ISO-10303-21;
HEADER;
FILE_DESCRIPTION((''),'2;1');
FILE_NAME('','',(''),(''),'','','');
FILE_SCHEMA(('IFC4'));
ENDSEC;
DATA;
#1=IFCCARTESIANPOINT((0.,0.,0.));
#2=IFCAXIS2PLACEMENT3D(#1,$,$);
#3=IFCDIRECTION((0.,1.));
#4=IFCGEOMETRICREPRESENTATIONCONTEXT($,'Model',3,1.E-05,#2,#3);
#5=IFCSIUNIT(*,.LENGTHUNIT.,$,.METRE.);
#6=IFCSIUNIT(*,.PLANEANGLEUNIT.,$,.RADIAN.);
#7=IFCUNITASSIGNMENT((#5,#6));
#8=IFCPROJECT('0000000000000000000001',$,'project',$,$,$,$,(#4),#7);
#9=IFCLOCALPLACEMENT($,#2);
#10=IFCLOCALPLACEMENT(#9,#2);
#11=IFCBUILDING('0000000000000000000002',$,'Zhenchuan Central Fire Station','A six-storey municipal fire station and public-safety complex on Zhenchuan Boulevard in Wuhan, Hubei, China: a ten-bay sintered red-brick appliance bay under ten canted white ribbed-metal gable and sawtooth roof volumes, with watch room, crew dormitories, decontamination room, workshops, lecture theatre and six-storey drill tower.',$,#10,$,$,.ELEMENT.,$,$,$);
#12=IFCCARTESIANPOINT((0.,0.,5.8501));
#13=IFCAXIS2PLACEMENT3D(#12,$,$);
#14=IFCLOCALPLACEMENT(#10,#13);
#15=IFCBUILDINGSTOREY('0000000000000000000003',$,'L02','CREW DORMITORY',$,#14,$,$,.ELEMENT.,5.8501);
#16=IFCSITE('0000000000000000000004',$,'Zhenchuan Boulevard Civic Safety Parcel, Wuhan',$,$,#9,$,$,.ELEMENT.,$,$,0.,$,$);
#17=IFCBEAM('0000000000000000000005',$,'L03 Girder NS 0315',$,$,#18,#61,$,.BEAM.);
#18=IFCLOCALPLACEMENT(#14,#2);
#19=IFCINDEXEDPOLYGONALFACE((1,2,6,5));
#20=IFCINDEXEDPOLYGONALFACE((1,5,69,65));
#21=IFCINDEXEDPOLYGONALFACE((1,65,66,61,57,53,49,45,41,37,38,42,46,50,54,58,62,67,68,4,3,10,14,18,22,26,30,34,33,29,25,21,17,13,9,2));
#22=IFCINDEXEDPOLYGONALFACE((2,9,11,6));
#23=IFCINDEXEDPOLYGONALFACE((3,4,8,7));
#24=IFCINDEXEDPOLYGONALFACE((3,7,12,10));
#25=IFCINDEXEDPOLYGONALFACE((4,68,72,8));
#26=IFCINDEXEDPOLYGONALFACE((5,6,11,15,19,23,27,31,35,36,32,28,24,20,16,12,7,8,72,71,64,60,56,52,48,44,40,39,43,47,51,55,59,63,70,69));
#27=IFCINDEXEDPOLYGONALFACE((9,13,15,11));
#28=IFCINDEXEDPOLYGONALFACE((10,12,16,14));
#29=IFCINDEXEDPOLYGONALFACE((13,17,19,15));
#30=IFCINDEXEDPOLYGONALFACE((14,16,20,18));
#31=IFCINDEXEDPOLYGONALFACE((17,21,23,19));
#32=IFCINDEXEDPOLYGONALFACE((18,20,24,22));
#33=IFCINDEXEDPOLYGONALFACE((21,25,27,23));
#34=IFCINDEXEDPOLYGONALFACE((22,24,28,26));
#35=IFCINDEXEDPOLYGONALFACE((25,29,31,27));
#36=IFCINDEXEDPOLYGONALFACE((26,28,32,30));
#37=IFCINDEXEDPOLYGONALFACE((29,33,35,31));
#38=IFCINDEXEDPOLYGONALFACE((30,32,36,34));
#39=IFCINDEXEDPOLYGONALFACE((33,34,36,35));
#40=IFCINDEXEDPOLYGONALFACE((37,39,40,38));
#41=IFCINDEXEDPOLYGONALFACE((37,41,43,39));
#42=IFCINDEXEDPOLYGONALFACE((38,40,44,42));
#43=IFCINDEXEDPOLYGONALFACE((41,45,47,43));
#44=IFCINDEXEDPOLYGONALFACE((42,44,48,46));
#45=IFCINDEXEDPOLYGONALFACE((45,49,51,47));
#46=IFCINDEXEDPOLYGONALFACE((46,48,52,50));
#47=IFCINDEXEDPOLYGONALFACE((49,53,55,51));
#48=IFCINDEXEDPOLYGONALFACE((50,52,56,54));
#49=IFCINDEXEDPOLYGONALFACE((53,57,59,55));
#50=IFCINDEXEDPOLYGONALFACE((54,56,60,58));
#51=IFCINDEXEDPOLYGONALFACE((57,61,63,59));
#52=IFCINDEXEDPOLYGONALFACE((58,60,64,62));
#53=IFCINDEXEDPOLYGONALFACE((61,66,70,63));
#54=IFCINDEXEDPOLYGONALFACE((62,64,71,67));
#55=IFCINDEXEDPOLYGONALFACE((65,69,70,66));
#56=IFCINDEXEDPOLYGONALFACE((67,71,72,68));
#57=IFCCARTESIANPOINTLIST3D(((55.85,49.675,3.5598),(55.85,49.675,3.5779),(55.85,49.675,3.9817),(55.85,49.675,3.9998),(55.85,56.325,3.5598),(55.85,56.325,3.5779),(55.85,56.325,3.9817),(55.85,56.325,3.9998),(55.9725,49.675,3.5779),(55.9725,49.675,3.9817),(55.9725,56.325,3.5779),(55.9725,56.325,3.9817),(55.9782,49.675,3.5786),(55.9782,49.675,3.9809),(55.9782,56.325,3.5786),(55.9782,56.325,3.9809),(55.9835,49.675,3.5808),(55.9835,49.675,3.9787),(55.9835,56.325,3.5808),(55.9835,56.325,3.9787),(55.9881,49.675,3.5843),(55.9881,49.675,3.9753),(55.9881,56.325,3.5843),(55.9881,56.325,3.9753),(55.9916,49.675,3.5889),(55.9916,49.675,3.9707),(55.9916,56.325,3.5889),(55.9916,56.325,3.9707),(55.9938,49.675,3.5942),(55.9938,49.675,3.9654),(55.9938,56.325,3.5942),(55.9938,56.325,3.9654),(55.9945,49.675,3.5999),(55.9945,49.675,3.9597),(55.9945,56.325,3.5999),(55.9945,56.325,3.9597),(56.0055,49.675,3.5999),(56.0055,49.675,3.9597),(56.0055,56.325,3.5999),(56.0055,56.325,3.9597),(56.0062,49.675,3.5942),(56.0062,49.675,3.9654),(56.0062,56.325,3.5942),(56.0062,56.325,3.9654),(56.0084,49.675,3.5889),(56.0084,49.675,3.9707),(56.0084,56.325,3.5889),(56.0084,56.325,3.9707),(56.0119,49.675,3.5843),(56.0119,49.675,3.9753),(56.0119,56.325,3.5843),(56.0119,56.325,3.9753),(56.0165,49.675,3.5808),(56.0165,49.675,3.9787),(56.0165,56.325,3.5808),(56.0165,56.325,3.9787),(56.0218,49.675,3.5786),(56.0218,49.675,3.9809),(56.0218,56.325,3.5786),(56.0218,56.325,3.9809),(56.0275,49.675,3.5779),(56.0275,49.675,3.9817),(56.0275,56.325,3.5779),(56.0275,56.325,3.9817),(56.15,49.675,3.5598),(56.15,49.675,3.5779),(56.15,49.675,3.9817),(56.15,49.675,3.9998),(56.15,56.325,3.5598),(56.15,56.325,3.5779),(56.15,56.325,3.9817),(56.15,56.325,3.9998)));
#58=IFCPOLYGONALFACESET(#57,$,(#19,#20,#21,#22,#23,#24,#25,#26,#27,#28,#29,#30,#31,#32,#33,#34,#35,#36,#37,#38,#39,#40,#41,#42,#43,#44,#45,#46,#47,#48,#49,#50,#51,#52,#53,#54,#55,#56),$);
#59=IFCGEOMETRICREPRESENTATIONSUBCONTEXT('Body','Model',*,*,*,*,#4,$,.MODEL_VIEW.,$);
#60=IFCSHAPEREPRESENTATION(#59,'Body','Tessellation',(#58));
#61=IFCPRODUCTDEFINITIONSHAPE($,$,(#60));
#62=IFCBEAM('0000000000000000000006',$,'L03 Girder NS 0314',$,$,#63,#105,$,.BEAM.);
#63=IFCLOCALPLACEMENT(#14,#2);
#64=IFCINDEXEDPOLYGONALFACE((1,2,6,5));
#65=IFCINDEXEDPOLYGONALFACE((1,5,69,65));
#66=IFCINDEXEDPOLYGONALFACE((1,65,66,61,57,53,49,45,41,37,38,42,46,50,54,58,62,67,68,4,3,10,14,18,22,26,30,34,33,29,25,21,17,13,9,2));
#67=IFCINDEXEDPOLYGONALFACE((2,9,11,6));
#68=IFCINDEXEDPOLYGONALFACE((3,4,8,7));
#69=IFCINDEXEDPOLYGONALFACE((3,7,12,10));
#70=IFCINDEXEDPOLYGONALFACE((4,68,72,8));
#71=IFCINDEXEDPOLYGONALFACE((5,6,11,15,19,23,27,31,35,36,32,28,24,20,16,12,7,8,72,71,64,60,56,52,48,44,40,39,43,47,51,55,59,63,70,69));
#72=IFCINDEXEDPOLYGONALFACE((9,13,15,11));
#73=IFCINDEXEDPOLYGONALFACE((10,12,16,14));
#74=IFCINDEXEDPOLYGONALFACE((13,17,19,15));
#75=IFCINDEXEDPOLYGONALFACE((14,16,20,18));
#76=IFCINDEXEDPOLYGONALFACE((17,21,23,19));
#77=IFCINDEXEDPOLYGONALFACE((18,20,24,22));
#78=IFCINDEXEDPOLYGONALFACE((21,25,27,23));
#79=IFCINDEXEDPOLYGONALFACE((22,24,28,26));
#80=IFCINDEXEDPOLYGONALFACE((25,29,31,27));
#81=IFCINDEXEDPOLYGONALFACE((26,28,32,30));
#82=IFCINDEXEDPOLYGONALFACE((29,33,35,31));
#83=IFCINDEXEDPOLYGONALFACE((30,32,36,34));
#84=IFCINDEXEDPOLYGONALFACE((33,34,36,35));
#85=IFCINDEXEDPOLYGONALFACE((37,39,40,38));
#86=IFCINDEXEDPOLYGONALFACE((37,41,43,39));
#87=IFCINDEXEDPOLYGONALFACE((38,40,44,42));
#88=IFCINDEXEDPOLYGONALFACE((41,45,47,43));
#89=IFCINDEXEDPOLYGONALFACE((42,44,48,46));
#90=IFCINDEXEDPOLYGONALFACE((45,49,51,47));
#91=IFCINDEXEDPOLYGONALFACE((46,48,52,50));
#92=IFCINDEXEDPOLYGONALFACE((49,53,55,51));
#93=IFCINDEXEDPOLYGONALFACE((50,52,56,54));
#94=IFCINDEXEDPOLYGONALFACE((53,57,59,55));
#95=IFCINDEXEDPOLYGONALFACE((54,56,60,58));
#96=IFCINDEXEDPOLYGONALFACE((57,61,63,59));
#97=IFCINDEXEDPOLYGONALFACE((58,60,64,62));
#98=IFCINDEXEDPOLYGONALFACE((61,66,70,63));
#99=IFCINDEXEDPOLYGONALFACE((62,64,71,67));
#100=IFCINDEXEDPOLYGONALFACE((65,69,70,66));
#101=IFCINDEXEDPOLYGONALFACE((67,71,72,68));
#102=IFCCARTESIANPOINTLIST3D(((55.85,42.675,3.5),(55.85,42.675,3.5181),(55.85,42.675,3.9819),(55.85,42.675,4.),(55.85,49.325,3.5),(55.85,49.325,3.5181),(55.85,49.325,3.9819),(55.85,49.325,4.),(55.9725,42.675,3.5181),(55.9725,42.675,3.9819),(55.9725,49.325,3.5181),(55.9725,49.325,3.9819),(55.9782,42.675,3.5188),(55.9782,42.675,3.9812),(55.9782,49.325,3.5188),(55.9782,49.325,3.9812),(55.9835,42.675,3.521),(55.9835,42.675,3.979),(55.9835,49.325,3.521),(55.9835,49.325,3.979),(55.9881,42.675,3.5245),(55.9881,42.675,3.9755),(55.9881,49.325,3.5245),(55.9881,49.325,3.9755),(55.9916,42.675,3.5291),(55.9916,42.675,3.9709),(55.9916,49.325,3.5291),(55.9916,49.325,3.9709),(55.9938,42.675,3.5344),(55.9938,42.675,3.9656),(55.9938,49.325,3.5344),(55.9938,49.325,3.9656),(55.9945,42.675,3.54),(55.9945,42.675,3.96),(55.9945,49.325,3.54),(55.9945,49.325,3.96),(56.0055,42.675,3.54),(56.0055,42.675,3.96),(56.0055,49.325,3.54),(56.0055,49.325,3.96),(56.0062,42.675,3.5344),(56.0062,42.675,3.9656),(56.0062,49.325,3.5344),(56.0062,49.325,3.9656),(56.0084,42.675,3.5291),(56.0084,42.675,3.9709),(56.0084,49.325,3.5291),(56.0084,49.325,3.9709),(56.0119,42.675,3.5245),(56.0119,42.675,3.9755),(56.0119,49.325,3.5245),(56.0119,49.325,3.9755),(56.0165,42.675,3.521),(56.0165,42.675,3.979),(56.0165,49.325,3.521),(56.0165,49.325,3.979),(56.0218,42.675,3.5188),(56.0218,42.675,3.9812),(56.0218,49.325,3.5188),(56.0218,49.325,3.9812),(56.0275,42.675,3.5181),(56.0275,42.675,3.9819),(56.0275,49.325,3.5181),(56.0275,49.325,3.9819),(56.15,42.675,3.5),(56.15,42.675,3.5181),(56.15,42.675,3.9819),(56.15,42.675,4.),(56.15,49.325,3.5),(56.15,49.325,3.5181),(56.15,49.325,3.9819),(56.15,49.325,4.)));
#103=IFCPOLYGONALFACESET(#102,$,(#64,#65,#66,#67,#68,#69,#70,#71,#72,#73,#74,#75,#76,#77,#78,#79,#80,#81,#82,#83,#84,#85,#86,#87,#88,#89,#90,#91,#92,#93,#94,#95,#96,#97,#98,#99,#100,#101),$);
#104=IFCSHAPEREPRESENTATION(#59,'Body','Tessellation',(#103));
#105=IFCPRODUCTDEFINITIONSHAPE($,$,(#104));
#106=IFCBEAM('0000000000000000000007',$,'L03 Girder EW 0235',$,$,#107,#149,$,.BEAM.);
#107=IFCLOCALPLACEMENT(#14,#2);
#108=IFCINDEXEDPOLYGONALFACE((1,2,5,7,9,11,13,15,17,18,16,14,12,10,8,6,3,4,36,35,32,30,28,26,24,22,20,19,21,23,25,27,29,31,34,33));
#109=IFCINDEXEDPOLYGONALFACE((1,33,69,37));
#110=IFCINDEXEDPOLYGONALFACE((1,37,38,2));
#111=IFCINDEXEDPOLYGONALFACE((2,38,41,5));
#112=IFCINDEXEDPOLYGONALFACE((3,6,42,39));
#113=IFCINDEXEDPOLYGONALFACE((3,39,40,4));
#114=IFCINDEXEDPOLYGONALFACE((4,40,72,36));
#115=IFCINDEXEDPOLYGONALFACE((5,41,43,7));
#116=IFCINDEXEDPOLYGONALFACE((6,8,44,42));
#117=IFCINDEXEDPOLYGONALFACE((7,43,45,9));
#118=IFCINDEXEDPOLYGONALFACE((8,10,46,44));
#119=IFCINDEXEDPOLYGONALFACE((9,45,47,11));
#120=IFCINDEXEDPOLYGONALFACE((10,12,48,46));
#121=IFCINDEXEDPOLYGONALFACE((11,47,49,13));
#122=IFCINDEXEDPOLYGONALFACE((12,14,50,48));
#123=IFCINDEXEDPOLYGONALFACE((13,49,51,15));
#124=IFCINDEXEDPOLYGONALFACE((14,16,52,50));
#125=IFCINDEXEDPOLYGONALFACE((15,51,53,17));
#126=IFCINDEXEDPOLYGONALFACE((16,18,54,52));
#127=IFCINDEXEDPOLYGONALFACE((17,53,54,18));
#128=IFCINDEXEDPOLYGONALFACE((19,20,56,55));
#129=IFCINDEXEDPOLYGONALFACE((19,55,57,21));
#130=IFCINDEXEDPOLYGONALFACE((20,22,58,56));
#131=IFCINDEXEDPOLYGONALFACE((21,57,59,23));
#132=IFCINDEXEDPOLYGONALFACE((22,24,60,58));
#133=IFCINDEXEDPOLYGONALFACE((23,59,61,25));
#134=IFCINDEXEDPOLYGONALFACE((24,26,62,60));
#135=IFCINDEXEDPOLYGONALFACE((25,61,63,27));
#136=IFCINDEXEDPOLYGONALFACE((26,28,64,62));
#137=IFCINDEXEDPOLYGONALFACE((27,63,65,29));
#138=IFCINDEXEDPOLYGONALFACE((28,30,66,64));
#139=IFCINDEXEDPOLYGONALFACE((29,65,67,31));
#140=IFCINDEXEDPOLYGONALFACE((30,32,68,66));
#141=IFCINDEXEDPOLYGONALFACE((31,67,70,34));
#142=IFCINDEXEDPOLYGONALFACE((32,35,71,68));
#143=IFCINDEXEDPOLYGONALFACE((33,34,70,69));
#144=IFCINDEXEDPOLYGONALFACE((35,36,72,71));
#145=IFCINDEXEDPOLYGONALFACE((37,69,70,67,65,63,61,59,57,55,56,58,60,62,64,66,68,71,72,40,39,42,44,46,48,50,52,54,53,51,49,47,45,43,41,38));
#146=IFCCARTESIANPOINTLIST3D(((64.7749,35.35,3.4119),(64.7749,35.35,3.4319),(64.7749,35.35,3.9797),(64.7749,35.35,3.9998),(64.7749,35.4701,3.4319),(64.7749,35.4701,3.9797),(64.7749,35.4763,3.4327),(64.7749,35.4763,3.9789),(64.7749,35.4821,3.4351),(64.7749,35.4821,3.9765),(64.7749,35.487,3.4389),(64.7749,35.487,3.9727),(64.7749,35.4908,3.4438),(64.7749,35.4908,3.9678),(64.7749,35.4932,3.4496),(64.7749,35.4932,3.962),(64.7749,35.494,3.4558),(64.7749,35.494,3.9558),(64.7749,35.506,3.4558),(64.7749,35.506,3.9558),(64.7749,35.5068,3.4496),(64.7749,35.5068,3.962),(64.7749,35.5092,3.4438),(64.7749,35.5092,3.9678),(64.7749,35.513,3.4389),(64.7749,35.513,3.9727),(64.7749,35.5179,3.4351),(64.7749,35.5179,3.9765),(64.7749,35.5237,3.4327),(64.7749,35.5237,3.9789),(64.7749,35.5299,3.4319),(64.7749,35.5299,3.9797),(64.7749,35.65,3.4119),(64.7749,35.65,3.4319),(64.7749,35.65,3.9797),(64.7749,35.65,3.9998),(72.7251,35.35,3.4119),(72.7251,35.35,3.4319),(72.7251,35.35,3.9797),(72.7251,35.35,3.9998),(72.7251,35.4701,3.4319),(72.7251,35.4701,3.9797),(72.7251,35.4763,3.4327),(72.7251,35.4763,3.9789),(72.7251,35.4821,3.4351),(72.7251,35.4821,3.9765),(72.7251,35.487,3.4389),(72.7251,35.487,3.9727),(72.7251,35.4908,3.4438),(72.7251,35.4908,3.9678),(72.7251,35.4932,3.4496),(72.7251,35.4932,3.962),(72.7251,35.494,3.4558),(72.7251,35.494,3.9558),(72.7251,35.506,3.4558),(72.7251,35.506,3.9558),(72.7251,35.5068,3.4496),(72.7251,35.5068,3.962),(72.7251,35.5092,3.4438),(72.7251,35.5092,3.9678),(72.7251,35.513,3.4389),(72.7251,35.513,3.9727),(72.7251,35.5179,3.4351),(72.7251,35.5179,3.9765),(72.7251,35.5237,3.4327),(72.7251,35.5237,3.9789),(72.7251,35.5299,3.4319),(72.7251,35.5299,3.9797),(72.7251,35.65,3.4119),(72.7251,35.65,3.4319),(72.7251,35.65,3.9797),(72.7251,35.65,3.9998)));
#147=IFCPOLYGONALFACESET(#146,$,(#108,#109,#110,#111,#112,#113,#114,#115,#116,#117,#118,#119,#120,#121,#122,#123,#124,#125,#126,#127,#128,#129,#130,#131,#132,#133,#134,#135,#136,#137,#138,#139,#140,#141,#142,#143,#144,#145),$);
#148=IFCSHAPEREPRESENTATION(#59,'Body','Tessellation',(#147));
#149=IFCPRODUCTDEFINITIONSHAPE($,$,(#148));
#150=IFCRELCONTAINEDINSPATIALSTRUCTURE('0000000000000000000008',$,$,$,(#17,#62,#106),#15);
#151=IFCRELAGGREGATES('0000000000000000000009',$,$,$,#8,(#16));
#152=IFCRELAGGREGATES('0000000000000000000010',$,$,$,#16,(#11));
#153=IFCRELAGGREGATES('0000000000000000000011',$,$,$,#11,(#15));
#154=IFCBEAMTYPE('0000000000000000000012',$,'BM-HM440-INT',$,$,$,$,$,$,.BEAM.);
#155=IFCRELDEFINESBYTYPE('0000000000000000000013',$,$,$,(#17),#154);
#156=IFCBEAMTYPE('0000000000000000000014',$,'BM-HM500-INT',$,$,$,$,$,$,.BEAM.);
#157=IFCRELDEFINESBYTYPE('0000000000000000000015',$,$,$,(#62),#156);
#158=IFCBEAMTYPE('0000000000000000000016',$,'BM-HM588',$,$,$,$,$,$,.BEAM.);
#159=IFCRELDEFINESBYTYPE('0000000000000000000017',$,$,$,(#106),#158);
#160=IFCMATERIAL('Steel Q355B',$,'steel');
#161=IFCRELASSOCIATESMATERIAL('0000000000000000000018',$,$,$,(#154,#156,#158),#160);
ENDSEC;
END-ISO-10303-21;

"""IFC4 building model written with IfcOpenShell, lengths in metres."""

from ifc_helpers import new_model, si_unit, direction, frame, origin, origin_2d, place, context, subcontext, project, spatial, i_section, extrude, material, material_profile, profile_set, type_object, element, save


model = new_model("IFC4")

# Units and contexts
model_context = context("Model", 3, precision=1e-05, world=origin(), true_north=direction((0.0, 1.0)))
body_context = subcontext(model_context, "Body", "Model", "MODEL_VIEW")
ifc_project = project(units=[si_unit("LENGTHUNIT", "METRE"), si_unit("PLANEANGLEUNIT", "RADIAN")], contexts=[model_context])

# Site, building, storey
site_placement = place(None, origin())
site = spatial("IfcSite", under=ifc_project, at=site_placement, Name="Zhenchuan Boulevard Civic Safety Parcel, Wuhan", CompositionType="ELEMENT", RefElevation=0.0)
building_placement = place(site_placement, origin())
building = spatial("IfcBuilding", under=site, at=building_placement, Name="Zhenchuan Central Fire Station", Description="A six-storey municipal fire station and public-safety complex on Zhenchuan Boulevard in Wuhan, Hubei, China: a ten-bay sintered red-brick appliance bay under ten canted white ribbed-metal gable and sawtooth roof volumes, with watch room, crew dormitories, decontamination room, workshops, lecture theatre and six-storey drill tower.", CompositionType="ELEMENT")
storey_placement = place(building_placement, frame((0.0, 0.0, 5.8501)))
storey = spatial("IfcBuildingStorey", under=building, at=storey_placement, Name="L02", Description="CREW DORMITORY", CompositionType="ELEMENT", Elevation=5.8501)

# Shared definitions
ifc_material_1 = material(Name="Steel Q355B", Category="steel")

# Beams
ifc_material_profile_1 = material_profile(ifc_material_1, i_section(OverallWidth=0.3, OverallDepth=0.4399, WebThickness=0.011, FlangeThickness=0.0181, FilletRadius=0.022, at=origin_2d()), Name="HM 440x300")
ifc_profile_set_1 = profile_set([ifc_material_profile_1], Name="Steel Q355B")
beam_type_1 = type_object("IfcBeamType", Name="BM-HM440-INT", PredefinedType="BEAM", material=ifc_profile_set_1)
beam_1_placement = place(storey_placement, frame((56.0, 49.675, 3.7798), z_axis=(0.0, 1.0, 0.0), x_axis=(-1.0, 0.0, 0.0)))
element("IfcBeam", 1, at=beam_1_placement, inside=storey, type_object=beam_type_1, Name="L03 Girder NS 0315", PredefinedType="BEAM", context=body_context, shape_type="SweptSolid", body=[
    extrude(i_section(OverallWidth=0.3, OverallDepth=0.4399, WebThickness=0.011, FlangeThickness=0.0181, FilletRadius=0.022, at=origin_2d()), origin(), (0.0, 0.0, 1.0), 6.6499),
])
ifc_material_profile_2 = material_profile(ifc_material_1, i_section(OverallWidth=0.3, OverallDepth=0.5, WebThickness=0.011, FlangeThickness=0.0181, FilletRadius=0.022, at=origin_2d()), Name="HM 500x300")
ifc_profile_set_2 = profile_set([ifc_material_profile_2], Name="Steel Q355B")
beam_type_2 = type_object("IfcBeamType", Name="BM-HM500-INT", PredefinedType="BEAM", material=ifc_profile_set_2)
beam_2_placement = place(storey_placement, frame((56.0, 42.675, 3.75), z_axis=(0.0, 1.0, 0.0), x_axis=(-1.0, 0.0, 0.0)))
element("IfcBeam", 2, at=beam_2_placement, inside=storey, type_object=beam_type_2, Name="L03 Girder NS 0314", PredefinedType="BEAM", context=body_context, shape_type="SweptSolid", body=[
    extrude(i_section(OverallWidth=0.3, OverallDepth=0.5, WebThickness=0.011, FlangeThickness=0.0181, FilletRadius=0.022, at=origin_2d()), origin(), (0.0, 0.0, 1.0), 6.6499),
])
ifc_material_profile_3 = material_profile(ifc_material_1, i_section(OverallWidth=0.3, OverallDepth=0.5879, WebThickness=0.012, FlangeThickness=0.02, FilletRadius=0.0239, at=origin_2d()), Name="HM 588x300")
ifc_profile_set_3 = profile_set([ifc_material_profile_3], Name="Steel Q355B")
beam_type_3 = type_object("IfcBeamType", Name="BM-HM588", PredefinedType="BEAM", material=ifc_profile_set_3)
beam_3_placement = place(storey_placement, frame((64.7749, 35.5, 3.7058), z_axis=(1.0, 0.0, 0.0), x_axis=(0.0, 1.0, 0.0)))
element("IfcBeam", 3, at=beam_3_placement, inside=storey, type_object=beam_type_3, Name="L03 Girder EW 0235", PredefinedType="BEAM", context=body_context, shape_type="SweptSolid", body=[
    extrude(i_section(OverallWidth=0.3, OverallDepth=0.5879, WebThickness=0.012, FlangeThickness=0.02, FilletRadius=0.0239, at=origin_2d()), origin(), (0.0, 0.0, 1.0), 7.9502),
])

save(model, "model.ifc")
